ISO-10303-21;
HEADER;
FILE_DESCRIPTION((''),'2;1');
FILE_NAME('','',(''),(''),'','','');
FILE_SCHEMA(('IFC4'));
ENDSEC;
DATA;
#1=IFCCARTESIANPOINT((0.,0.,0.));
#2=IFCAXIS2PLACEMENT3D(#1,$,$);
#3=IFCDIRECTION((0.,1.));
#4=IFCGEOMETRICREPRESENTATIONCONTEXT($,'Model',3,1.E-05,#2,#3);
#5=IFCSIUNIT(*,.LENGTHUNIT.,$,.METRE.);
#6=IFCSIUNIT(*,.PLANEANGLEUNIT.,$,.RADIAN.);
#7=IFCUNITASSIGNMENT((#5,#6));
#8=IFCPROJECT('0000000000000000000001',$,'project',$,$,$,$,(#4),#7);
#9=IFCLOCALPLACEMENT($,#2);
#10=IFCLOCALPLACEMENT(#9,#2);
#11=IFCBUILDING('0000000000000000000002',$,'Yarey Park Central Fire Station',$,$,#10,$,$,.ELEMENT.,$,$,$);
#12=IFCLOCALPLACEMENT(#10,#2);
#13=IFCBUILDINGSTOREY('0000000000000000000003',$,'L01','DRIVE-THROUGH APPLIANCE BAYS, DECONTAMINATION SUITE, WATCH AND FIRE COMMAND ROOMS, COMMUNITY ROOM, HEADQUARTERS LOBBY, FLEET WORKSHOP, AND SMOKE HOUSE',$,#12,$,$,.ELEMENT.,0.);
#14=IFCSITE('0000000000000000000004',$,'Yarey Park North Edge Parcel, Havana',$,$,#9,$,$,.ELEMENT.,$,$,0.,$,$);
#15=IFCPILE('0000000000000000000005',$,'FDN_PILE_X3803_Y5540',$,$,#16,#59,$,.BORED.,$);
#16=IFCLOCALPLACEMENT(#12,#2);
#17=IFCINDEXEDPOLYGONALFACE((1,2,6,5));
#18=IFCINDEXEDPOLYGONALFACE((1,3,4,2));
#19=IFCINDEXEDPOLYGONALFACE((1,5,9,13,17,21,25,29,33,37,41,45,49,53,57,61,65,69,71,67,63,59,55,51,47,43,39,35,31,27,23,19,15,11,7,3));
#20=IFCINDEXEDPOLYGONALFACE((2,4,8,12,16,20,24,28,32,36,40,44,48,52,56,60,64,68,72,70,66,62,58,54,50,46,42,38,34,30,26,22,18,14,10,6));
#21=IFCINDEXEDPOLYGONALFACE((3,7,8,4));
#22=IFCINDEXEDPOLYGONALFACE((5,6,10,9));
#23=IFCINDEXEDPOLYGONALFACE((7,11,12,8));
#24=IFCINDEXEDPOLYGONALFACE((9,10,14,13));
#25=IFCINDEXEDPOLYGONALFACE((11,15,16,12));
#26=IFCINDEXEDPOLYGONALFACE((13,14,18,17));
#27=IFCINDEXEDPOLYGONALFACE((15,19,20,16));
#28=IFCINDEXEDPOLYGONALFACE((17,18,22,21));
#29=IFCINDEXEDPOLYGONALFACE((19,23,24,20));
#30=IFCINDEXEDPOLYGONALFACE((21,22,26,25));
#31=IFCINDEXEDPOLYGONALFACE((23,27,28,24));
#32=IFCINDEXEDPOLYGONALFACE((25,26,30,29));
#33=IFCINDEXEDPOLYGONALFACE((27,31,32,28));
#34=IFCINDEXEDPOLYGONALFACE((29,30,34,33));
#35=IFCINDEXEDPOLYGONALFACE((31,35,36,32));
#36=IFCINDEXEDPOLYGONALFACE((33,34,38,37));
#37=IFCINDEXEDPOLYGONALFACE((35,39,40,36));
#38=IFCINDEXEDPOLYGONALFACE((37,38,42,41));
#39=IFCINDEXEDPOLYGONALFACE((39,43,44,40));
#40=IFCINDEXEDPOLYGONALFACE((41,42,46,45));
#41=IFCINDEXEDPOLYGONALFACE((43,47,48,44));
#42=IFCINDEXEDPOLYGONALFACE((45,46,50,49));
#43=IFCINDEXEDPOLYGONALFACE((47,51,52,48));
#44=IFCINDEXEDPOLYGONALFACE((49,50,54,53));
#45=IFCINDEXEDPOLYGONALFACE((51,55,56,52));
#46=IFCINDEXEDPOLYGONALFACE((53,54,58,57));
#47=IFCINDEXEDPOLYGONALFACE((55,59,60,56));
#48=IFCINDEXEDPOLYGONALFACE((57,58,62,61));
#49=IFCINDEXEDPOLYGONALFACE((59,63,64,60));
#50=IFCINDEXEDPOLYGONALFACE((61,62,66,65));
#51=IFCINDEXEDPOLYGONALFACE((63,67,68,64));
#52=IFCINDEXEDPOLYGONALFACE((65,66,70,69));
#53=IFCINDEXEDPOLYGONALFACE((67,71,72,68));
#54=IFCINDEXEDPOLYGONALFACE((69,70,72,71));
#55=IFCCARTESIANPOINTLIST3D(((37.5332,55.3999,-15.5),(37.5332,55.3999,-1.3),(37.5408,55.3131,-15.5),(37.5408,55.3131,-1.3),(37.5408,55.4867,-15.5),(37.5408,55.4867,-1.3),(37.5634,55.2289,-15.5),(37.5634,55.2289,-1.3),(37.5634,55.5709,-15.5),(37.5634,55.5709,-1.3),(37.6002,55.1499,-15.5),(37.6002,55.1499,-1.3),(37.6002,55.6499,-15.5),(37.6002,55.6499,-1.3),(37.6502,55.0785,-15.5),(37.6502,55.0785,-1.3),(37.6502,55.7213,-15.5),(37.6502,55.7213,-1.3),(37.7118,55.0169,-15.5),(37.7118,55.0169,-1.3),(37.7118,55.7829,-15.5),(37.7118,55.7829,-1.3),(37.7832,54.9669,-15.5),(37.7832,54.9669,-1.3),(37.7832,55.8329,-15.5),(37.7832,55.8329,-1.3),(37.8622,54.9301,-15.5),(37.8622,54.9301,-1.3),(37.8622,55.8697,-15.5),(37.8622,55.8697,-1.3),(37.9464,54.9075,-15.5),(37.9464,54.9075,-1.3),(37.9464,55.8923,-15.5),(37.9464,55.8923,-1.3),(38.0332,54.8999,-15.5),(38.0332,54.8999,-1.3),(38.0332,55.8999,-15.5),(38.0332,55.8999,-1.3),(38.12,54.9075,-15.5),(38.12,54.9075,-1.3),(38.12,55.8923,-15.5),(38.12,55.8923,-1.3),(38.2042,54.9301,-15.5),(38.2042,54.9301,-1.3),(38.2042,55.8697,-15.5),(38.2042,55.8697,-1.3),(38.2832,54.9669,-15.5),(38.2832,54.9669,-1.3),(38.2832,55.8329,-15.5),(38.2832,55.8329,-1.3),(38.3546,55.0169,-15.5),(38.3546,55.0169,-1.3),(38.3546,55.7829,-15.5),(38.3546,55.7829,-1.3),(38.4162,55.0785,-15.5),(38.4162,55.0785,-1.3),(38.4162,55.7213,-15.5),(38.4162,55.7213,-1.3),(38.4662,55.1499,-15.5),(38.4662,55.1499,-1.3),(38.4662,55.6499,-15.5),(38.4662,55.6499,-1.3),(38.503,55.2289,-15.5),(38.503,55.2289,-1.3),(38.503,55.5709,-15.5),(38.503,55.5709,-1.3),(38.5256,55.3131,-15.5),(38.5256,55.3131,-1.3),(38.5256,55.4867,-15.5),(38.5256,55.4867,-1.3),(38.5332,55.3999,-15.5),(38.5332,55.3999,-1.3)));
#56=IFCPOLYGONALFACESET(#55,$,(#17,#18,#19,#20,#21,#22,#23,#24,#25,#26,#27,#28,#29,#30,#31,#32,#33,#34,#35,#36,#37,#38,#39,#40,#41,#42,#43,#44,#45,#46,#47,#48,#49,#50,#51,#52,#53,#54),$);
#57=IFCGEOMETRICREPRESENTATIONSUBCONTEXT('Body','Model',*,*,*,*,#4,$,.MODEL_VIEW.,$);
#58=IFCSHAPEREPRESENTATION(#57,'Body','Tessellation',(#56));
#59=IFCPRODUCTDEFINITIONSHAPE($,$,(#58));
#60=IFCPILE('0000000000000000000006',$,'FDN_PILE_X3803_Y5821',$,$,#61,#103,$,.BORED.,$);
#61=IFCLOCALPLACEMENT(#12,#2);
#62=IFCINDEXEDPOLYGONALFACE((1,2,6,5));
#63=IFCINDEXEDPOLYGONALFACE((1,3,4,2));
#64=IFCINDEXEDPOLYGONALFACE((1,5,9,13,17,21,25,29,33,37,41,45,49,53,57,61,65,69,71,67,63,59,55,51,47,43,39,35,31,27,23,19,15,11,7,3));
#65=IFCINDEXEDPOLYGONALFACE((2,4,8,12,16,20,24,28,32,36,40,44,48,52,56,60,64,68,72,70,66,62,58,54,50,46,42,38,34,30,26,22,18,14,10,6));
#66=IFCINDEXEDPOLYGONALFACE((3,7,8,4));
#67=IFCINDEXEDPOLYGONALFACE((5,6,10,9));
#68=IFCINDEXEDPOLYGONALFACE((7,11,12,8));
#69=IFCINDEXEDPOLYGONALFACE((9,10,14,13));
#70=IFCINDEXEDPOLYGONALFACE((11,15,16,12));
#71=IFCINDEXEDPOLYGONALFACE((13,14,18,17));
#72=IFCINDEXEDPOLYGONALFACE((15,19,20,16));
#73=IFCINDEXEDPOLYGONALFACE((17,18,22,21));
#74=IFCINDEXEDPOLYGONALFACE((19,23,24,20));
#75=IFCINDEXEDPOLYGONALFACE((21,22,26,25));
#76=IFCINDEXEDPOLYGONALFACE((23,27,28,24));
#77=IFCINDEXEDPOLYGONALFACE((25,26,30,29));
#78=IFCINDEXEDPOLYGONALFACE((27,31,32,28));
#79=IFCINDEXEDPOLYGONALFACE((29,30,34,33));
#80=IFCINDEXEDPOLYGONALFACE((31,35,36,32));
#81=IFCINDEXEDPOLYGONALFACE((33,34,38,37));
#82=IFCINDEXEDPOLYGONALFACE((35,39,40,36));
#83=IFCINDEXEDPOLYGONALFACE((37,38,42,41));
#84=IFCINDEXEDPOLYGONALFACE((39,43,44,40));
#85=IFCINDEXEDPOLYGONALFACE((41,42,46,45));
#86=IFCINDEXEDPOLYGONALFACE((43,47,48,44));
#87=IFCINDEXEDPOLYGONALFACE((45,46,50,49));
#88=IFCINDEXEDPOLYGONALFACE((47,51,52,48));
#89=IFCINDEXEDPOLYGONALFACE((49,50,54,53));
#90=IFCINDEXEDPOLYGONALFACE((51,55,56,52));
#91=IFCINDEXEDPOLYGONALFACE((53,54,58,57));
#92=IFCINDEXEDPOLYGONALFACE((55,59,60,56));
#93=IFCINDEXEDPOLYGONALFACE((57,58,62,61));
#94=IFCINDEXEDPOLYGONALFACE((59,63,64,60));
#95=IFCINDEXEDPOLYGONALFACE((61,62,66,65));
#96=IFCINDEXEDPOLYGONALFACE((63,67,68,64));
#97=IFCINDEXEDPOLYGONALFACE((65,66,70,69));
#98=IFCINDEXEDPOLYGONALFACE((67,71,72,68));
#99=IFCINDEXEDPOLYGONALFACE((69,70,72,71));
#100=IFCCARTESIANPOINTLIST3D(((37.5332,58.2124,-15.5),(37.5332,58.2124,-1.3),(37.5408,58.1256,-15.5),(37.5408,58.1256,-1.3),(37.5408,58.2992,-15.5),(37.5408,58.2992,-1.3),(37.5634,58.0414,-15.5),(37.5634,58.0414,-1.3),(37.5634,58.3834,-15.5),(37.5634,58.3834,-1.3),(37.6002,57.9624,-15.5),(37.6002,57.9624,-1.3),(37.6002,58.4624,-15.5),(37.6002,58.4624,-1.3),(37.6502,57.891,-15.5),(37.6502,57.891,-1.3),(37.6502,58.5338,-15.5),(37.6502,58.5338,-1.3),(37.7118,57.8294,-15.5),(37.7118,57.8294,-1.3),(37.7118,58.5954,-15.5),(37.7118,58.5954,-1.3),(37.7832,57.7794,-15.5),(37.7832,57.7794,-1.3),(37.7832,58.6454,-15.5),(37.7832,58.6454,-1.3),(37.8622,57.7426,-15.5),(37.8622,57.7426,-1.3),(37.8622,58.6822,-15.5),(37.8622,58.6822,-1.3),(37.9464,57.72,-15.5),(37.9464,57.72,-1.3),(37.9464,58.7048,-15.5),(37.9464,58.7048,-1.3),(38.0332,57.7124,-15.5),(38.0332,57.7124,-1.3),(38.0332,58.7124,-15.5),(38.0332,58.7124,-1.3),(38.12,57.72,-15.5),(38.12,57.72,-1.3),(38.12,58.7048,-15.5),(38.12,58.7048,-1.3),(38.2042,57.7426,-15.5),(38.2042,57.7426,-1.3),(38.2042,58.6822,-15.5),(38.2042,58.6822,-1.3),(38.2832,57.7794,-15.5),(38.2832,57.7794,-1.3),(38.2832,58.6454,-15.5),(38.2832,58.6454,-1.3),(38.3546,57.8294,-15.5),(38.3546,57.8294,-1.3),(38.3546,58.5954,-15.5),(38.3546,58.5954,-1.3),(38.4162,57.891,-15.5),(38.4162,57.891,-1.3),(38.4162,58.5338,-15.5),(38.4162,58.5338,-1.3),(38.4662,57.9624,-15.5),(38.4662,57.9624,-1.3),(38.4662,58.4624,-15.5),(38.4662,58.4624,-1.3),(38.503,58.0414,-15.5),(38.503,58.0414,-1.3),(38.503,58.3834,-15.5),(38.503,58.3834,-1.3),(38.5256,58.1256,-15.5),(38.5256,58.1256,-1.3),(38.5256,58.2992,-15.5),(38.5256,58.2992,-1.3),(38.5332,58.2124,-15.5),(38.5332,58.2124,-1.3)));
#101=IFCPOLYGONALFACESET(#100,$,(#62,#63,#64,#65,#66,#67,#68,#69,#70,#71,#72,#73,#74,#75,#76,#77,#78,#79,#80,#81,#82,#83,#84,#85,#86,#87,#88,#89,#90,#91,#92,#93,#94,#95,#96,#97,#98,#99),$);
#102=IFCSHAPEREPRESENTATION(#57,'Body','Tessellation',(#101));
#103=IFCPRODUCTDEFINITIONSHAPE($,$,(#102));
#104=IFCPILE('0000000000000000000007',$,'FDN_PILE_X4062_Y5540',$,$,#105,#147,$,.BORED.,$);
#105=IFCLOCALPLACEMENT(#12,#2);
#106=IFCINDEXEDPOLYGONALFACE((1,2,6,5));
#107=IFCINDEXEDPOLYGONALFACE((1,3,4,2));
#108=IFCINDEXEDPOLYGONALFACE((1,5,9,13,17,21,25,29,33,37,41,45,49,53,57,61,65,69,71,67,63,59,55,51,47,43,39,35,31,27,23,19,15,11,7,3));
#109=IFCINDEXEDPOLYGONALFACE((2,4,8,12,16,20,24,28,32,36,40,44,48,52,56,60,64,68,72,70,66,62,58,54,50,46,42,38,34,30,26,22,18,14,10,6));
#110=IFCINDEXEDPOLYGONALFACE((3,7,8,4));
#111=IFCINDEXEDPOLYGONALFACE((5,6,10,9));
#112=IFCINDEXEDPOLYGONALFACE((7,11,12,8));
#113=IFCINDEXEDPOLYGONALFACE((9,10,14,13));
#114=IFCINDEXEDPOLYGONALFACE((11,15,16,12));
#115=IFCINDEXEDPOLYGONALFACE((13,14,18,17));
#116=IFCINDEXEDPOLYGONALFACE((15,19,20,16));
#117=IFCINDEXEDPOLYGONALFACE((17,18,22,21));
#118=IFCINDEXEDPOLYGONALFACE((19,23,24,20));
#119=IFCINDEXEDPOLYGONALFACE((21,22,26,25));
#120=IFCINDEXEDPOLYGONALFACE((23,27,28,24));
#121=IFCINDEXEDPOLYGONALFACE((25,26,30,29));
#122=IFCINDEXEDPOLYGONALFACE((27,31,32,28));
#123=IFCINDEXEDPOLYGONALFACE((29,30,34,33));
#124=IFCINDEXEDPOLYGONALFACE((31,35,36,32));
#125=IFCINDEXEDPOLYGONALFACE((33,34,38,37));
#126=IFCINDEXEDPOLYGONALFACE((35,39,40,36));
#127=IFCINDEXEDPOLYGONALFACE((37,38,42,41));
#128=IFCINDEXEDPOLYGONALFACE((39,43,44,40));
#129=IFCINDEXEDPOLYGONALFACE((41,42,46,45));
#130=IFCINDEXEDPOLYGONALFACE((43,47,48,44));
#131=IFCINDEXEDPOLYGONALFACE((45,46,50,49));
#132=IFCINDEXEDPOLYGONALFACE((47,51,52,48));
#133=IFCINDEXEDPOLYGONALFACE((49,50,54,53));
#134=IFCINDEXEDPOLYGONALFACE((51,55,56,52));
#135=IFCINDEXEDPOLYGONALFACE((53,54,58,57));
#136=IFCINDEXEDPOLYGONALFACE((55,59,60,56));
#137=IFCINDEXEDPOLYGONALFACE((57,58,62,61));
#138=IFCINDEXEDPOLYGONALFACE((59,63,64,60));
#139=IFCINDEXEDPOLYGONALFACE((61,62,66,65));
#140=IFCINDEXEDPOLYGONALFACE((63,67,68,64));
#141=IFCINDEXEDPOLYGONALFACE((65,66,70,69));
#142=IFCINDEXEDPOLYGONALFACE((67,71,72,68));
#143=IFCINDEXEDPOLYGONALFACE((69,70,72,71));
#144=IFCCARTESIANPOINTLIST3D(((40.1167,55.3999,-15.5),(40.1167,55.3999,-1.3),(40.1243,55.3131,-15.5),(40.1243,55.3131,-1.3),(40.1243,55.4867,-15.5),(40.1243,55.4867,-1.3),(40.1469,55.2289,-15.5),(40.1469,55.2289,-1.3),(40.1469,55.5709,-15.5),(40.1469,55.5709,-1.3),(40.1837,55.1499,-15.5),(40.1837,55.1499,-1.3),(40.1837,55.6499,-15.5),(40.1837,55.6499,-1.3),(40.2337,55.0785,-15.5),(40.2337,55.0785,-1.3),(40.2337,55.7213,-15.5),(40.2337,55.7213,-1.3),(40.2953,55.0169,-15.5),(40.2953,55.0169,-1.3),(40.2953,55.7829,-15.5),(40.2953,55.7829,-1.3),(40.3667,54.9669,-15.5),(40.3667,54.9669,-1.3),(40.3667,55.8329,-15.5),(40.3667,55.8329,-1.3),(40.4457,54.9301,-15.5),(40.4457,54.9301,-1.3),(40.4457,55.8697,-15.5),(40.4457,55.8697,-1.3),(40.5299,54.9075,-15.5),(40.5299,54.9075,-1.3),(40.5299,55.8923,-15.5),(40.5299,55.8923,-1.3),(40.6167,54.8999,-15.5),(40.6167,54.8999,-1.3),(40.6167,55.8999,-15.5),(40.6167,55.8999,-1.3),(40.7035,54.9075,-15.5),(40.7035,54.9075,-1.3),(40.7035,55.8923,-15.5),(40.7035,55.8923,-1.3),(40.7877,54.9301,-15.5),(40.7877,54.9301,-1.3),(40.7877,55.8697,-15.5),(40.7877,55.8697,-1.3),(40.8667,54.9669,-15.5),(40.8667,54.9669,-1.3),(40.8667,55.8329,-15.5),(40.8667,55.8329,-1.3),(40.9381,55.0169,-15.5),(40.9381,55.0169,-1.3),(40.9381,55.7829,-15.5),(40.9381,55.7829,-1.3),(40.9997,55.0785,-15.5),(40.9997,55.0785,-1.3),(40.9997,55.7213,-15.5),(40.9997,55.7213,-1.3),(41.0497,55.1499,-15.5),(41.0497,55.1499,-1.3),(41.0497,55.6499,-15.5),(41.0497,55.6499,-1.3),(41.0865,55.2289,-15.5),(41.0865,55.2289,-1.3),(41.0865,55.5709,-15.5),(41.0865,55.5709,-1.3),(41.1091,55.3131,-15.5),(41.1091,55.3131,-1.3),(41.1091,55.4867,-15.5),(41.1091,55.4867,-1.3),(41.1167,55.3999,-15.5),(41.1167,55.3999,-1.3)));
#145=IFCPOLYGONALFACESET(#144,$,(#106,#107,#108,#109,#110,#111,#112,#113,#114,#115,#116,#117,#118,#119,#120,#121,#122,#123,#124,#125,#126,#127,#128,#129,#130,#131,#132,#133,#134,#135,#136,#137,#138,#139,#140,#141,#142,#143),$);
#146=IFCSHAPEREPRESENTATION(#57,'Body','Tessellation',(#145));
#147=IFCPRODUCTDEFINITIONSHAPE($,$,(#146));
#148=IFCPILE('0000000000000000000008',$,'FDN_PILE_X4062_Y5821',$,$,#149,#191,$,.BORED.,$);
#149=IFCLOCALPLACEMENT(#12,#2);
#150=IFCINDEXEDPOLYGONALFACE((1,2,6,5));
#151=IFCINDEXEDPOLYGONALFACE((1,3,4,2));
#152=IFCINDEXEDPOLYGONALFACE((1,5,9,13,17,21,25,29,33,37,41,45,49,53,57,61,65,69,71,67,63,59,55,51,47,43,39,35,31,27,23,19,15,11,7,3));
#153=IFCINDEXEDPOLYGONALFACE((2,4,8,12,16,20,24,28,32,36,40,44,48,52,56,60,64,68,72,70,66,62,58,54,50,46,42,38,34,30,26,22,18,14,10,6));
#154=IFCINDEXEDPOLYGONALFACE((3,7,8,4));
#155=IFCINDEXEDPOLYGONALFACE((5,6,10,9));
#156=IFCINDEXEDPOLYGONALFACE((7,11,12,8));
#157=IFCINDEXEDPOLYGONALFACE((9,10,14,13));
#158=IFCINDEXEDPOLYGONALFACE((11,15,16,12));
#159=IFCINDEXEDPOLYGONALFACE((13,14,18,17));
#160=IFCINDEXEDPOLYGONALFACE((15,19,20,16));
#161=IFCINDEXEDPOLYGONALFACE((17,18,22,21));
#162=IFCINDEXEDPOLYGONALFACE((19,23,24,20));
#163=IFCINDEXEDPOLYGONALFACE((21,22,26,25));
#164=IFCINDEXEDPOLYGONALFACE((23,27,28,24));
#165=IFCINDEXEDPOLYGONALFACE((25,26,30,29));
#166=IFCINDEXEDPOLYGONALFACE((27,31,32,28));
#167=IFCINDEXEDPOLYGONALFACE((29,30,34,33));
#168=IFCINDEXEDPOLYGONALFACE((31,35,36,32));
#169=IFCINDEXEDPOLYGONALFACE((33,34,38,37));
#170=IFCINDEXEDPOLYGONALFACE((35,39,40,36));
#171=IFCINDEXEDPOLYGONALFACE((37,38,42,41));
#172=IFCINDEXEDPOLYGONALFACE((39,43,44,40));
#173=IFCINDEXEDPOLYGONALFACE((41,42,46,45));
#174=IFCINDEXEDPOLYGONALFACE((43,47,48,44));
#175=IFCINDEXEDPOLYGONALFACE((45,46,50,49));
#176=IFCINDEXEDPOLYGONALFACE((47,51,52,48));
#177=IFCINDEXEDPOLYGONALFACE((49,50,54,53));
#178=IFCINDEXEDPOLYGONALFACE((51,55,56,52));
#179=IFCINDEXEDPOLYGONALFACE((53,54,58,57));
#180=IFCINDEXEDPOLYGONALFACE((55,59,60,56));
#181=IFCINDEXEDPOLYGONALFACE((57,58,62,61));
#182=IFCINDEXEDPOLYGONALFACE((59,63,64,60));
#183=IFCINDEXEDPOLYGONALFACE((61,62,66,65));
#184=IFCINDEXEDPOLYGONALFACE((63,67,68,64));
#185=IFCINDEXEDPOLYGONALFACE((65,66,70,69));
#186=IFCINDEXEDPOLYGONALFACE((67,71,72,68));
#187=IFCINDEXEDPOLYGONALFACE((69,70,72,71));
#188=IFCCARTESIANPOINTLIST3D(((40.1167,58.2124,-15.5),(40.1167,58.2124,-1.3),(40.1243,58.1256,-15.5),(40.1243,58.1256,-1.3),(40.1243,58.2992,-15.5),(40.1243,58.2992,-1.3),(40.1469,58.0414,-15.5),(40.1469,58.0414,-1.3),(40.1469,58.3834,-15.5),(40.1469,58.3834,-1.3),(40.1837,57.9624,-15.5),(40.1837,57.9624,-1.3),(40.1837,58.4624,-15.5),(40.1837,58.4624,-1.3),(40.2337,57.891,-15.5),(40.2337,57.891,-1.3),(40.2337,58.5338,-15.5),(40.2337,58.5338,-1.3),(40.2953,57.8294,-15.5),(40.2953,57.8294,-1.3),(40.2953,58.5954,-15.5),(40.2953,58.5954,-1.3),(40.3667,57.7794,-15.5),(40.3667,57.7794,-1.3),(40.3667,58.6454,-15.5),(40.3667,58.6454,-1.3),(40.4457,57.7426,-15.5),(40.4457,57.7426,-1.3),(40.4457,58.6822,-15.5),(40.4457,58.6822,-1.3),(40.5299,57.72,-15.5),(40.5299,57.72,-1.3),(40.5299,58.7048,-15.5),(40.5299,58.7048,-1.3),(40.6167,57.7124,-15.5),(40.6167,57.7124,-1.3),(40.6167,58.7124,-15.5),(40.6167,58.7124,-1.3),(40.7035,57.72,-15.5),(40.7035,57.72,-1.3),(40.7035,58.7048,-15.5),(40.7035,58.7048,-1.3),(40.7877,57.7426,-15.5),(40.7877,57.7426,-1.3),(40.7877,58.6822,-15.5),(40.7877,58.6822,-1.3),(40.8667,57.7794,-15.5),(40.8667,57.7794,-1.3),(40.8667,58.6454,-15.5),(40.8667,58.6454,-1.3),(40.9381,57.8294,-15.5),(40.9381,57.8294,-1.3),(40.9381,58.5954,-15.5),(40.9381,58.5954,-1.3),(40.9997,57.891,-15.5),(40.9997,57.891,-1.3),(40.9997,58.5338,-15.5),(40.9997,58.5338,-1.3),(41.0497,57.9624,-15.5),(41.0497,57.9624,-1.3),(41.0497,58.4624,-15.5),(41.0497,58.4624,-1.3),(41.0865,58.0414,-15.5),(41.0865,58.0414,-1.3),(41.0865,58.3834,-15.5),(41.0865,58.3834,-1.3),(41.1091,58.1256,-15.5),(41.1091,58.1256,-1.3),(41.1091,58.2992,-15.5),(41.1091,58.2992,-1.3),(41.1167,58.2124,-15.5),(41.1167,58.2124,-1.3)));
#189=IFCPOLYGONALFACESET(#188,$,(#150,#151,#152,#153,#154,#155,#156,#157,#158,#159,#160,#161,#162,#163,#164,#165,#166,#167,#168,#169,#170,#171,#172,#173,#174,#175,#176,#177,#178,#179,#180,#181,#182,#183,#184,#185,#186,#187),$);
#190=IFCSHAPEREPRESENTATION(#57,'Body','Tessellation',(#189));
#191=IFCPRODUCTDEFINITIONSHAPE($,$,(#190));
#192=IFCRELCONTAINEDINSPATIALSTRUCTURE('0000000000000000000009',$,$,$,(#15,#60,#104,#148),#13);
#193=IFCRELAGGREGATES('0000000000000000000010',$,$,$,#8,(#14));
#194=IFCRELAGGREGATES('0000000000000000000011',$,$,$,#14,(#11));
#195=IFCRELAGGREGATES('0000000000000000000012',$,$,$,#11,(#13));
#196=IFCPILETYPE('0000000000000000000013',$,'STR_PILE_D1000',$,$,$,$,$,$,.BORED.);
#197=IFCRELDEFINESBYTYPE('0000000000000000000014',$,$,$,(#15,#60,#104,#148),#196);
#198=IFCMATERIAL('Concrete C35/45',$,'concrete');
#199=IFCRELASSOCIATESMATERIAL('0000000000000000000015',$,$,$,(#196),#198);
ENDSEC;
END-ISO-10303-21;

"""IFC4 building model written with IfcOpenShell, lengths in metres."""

from ifc_helpers import new_model, si_unit, direction, frame, origin, origin_2d, place, context, subcontext, project, spatial, circle, extrude, material, material_profile, profile_set, type_object, element, save


model = new_model("IFC4")

# Units and contexts
model_context = context("Model", 3, precision=1e-05, world=origin(), true_north=direction((0.0, 1.0)))
body_context = subcontext(model_context, "Body", "Model", "MODEL_VIEW")
ifc_project = project(units=[si_unit("LENGTHUNIT", "METRE"), si_unit("PLANEANGLEUNIT", "RADIAN")], contexts=[model_context])

# Site, building, storey
site_placement = place(None, origin())
site = spatial("IfcSite", under=ifc_project, at=site_placement, Name="Yarey Park North Edge Parcel, Havana", CompositionType="ELEMENT", RefElevation=0.0)
building_placement = place(site_placement, origin())
building = spatial("IfcBuilding", under=site, at=building_placement, Name="Yarey Park Central Fire Station", CompositionType="ELEMENT")
storey_placement = place(building_placement, origin())
storey = spatial("IfcBuildingStorey", under=building, at=storey_placement, Name="L01", Description="DRIVE-THROUGH APPLIANCE BAYS, DECONTAMINATION SUITE, WATCH AND FIRE COMMAND ROOMS, COMMUNITY ROOM, HEADQUARTERS LOBBY, FLEET WORKSHOP, AND SMOKE HOUSE", CompositionType="ELEMENT", Elevation=0.0)

# Piles
ifc_material_1 = material(Name="Concrete C35/45", Category="concrete")
ifc_material_profile_1 = material_profile(ifc_material_1, circle(Radius=0.5, at=origin_2d()), Name="BORED PILE D1000")
ifc_profile_set_1 = profile_set([ifc_material_profile_1], Name="Concrete C35/45")
pile_type = type_object("IfcPileType", Name="STR_PILE_D1000", PredefinedType="BORED", material=ifc_profile_set_1)
for number, where, z_axis, x_axis, name in (
    (1, (38.0332, 55.3999, -1.3), (0.0, 0.0, -1.0), (1.0, 0.0, 0.0), "FDN_PILE_X3803_Y5540"),
    (2, (38.0332, 58.2124, -1.3), (0.0, 0.0, -1.0), (1.0, 0.0, 0.0), "FDN_PILE_X3803_Y5821"),
    (3, (40.6167, 55.3999, -1.3), (0.0, 0.0, -1.0), (1.0, 0.0, 0.0), "FDN_PILE_X4062_Y5540"),
    (4, (40.6167, 58.2124, -1.3), (0.0, 0.0, -1.0), (1.0, 0.0, 0.0), "FDN_PILE_X4062_Y5821"),
):
    element("IfcPile", number, at=place(storey_placement, frame(where, z_axis=z_axis, x_axis=x_axis)), inside=storey, type_object=pile_type, Name=name, PredefinedType="BORED", context=body_context, shape_type="SweptSolid", body=[
        extrude(circle(Radius=0.5, at=origin_2d()), origin(), (0.0, 0.0, 1.0), 14.2),
    ])

save(model, "model.ifc")
